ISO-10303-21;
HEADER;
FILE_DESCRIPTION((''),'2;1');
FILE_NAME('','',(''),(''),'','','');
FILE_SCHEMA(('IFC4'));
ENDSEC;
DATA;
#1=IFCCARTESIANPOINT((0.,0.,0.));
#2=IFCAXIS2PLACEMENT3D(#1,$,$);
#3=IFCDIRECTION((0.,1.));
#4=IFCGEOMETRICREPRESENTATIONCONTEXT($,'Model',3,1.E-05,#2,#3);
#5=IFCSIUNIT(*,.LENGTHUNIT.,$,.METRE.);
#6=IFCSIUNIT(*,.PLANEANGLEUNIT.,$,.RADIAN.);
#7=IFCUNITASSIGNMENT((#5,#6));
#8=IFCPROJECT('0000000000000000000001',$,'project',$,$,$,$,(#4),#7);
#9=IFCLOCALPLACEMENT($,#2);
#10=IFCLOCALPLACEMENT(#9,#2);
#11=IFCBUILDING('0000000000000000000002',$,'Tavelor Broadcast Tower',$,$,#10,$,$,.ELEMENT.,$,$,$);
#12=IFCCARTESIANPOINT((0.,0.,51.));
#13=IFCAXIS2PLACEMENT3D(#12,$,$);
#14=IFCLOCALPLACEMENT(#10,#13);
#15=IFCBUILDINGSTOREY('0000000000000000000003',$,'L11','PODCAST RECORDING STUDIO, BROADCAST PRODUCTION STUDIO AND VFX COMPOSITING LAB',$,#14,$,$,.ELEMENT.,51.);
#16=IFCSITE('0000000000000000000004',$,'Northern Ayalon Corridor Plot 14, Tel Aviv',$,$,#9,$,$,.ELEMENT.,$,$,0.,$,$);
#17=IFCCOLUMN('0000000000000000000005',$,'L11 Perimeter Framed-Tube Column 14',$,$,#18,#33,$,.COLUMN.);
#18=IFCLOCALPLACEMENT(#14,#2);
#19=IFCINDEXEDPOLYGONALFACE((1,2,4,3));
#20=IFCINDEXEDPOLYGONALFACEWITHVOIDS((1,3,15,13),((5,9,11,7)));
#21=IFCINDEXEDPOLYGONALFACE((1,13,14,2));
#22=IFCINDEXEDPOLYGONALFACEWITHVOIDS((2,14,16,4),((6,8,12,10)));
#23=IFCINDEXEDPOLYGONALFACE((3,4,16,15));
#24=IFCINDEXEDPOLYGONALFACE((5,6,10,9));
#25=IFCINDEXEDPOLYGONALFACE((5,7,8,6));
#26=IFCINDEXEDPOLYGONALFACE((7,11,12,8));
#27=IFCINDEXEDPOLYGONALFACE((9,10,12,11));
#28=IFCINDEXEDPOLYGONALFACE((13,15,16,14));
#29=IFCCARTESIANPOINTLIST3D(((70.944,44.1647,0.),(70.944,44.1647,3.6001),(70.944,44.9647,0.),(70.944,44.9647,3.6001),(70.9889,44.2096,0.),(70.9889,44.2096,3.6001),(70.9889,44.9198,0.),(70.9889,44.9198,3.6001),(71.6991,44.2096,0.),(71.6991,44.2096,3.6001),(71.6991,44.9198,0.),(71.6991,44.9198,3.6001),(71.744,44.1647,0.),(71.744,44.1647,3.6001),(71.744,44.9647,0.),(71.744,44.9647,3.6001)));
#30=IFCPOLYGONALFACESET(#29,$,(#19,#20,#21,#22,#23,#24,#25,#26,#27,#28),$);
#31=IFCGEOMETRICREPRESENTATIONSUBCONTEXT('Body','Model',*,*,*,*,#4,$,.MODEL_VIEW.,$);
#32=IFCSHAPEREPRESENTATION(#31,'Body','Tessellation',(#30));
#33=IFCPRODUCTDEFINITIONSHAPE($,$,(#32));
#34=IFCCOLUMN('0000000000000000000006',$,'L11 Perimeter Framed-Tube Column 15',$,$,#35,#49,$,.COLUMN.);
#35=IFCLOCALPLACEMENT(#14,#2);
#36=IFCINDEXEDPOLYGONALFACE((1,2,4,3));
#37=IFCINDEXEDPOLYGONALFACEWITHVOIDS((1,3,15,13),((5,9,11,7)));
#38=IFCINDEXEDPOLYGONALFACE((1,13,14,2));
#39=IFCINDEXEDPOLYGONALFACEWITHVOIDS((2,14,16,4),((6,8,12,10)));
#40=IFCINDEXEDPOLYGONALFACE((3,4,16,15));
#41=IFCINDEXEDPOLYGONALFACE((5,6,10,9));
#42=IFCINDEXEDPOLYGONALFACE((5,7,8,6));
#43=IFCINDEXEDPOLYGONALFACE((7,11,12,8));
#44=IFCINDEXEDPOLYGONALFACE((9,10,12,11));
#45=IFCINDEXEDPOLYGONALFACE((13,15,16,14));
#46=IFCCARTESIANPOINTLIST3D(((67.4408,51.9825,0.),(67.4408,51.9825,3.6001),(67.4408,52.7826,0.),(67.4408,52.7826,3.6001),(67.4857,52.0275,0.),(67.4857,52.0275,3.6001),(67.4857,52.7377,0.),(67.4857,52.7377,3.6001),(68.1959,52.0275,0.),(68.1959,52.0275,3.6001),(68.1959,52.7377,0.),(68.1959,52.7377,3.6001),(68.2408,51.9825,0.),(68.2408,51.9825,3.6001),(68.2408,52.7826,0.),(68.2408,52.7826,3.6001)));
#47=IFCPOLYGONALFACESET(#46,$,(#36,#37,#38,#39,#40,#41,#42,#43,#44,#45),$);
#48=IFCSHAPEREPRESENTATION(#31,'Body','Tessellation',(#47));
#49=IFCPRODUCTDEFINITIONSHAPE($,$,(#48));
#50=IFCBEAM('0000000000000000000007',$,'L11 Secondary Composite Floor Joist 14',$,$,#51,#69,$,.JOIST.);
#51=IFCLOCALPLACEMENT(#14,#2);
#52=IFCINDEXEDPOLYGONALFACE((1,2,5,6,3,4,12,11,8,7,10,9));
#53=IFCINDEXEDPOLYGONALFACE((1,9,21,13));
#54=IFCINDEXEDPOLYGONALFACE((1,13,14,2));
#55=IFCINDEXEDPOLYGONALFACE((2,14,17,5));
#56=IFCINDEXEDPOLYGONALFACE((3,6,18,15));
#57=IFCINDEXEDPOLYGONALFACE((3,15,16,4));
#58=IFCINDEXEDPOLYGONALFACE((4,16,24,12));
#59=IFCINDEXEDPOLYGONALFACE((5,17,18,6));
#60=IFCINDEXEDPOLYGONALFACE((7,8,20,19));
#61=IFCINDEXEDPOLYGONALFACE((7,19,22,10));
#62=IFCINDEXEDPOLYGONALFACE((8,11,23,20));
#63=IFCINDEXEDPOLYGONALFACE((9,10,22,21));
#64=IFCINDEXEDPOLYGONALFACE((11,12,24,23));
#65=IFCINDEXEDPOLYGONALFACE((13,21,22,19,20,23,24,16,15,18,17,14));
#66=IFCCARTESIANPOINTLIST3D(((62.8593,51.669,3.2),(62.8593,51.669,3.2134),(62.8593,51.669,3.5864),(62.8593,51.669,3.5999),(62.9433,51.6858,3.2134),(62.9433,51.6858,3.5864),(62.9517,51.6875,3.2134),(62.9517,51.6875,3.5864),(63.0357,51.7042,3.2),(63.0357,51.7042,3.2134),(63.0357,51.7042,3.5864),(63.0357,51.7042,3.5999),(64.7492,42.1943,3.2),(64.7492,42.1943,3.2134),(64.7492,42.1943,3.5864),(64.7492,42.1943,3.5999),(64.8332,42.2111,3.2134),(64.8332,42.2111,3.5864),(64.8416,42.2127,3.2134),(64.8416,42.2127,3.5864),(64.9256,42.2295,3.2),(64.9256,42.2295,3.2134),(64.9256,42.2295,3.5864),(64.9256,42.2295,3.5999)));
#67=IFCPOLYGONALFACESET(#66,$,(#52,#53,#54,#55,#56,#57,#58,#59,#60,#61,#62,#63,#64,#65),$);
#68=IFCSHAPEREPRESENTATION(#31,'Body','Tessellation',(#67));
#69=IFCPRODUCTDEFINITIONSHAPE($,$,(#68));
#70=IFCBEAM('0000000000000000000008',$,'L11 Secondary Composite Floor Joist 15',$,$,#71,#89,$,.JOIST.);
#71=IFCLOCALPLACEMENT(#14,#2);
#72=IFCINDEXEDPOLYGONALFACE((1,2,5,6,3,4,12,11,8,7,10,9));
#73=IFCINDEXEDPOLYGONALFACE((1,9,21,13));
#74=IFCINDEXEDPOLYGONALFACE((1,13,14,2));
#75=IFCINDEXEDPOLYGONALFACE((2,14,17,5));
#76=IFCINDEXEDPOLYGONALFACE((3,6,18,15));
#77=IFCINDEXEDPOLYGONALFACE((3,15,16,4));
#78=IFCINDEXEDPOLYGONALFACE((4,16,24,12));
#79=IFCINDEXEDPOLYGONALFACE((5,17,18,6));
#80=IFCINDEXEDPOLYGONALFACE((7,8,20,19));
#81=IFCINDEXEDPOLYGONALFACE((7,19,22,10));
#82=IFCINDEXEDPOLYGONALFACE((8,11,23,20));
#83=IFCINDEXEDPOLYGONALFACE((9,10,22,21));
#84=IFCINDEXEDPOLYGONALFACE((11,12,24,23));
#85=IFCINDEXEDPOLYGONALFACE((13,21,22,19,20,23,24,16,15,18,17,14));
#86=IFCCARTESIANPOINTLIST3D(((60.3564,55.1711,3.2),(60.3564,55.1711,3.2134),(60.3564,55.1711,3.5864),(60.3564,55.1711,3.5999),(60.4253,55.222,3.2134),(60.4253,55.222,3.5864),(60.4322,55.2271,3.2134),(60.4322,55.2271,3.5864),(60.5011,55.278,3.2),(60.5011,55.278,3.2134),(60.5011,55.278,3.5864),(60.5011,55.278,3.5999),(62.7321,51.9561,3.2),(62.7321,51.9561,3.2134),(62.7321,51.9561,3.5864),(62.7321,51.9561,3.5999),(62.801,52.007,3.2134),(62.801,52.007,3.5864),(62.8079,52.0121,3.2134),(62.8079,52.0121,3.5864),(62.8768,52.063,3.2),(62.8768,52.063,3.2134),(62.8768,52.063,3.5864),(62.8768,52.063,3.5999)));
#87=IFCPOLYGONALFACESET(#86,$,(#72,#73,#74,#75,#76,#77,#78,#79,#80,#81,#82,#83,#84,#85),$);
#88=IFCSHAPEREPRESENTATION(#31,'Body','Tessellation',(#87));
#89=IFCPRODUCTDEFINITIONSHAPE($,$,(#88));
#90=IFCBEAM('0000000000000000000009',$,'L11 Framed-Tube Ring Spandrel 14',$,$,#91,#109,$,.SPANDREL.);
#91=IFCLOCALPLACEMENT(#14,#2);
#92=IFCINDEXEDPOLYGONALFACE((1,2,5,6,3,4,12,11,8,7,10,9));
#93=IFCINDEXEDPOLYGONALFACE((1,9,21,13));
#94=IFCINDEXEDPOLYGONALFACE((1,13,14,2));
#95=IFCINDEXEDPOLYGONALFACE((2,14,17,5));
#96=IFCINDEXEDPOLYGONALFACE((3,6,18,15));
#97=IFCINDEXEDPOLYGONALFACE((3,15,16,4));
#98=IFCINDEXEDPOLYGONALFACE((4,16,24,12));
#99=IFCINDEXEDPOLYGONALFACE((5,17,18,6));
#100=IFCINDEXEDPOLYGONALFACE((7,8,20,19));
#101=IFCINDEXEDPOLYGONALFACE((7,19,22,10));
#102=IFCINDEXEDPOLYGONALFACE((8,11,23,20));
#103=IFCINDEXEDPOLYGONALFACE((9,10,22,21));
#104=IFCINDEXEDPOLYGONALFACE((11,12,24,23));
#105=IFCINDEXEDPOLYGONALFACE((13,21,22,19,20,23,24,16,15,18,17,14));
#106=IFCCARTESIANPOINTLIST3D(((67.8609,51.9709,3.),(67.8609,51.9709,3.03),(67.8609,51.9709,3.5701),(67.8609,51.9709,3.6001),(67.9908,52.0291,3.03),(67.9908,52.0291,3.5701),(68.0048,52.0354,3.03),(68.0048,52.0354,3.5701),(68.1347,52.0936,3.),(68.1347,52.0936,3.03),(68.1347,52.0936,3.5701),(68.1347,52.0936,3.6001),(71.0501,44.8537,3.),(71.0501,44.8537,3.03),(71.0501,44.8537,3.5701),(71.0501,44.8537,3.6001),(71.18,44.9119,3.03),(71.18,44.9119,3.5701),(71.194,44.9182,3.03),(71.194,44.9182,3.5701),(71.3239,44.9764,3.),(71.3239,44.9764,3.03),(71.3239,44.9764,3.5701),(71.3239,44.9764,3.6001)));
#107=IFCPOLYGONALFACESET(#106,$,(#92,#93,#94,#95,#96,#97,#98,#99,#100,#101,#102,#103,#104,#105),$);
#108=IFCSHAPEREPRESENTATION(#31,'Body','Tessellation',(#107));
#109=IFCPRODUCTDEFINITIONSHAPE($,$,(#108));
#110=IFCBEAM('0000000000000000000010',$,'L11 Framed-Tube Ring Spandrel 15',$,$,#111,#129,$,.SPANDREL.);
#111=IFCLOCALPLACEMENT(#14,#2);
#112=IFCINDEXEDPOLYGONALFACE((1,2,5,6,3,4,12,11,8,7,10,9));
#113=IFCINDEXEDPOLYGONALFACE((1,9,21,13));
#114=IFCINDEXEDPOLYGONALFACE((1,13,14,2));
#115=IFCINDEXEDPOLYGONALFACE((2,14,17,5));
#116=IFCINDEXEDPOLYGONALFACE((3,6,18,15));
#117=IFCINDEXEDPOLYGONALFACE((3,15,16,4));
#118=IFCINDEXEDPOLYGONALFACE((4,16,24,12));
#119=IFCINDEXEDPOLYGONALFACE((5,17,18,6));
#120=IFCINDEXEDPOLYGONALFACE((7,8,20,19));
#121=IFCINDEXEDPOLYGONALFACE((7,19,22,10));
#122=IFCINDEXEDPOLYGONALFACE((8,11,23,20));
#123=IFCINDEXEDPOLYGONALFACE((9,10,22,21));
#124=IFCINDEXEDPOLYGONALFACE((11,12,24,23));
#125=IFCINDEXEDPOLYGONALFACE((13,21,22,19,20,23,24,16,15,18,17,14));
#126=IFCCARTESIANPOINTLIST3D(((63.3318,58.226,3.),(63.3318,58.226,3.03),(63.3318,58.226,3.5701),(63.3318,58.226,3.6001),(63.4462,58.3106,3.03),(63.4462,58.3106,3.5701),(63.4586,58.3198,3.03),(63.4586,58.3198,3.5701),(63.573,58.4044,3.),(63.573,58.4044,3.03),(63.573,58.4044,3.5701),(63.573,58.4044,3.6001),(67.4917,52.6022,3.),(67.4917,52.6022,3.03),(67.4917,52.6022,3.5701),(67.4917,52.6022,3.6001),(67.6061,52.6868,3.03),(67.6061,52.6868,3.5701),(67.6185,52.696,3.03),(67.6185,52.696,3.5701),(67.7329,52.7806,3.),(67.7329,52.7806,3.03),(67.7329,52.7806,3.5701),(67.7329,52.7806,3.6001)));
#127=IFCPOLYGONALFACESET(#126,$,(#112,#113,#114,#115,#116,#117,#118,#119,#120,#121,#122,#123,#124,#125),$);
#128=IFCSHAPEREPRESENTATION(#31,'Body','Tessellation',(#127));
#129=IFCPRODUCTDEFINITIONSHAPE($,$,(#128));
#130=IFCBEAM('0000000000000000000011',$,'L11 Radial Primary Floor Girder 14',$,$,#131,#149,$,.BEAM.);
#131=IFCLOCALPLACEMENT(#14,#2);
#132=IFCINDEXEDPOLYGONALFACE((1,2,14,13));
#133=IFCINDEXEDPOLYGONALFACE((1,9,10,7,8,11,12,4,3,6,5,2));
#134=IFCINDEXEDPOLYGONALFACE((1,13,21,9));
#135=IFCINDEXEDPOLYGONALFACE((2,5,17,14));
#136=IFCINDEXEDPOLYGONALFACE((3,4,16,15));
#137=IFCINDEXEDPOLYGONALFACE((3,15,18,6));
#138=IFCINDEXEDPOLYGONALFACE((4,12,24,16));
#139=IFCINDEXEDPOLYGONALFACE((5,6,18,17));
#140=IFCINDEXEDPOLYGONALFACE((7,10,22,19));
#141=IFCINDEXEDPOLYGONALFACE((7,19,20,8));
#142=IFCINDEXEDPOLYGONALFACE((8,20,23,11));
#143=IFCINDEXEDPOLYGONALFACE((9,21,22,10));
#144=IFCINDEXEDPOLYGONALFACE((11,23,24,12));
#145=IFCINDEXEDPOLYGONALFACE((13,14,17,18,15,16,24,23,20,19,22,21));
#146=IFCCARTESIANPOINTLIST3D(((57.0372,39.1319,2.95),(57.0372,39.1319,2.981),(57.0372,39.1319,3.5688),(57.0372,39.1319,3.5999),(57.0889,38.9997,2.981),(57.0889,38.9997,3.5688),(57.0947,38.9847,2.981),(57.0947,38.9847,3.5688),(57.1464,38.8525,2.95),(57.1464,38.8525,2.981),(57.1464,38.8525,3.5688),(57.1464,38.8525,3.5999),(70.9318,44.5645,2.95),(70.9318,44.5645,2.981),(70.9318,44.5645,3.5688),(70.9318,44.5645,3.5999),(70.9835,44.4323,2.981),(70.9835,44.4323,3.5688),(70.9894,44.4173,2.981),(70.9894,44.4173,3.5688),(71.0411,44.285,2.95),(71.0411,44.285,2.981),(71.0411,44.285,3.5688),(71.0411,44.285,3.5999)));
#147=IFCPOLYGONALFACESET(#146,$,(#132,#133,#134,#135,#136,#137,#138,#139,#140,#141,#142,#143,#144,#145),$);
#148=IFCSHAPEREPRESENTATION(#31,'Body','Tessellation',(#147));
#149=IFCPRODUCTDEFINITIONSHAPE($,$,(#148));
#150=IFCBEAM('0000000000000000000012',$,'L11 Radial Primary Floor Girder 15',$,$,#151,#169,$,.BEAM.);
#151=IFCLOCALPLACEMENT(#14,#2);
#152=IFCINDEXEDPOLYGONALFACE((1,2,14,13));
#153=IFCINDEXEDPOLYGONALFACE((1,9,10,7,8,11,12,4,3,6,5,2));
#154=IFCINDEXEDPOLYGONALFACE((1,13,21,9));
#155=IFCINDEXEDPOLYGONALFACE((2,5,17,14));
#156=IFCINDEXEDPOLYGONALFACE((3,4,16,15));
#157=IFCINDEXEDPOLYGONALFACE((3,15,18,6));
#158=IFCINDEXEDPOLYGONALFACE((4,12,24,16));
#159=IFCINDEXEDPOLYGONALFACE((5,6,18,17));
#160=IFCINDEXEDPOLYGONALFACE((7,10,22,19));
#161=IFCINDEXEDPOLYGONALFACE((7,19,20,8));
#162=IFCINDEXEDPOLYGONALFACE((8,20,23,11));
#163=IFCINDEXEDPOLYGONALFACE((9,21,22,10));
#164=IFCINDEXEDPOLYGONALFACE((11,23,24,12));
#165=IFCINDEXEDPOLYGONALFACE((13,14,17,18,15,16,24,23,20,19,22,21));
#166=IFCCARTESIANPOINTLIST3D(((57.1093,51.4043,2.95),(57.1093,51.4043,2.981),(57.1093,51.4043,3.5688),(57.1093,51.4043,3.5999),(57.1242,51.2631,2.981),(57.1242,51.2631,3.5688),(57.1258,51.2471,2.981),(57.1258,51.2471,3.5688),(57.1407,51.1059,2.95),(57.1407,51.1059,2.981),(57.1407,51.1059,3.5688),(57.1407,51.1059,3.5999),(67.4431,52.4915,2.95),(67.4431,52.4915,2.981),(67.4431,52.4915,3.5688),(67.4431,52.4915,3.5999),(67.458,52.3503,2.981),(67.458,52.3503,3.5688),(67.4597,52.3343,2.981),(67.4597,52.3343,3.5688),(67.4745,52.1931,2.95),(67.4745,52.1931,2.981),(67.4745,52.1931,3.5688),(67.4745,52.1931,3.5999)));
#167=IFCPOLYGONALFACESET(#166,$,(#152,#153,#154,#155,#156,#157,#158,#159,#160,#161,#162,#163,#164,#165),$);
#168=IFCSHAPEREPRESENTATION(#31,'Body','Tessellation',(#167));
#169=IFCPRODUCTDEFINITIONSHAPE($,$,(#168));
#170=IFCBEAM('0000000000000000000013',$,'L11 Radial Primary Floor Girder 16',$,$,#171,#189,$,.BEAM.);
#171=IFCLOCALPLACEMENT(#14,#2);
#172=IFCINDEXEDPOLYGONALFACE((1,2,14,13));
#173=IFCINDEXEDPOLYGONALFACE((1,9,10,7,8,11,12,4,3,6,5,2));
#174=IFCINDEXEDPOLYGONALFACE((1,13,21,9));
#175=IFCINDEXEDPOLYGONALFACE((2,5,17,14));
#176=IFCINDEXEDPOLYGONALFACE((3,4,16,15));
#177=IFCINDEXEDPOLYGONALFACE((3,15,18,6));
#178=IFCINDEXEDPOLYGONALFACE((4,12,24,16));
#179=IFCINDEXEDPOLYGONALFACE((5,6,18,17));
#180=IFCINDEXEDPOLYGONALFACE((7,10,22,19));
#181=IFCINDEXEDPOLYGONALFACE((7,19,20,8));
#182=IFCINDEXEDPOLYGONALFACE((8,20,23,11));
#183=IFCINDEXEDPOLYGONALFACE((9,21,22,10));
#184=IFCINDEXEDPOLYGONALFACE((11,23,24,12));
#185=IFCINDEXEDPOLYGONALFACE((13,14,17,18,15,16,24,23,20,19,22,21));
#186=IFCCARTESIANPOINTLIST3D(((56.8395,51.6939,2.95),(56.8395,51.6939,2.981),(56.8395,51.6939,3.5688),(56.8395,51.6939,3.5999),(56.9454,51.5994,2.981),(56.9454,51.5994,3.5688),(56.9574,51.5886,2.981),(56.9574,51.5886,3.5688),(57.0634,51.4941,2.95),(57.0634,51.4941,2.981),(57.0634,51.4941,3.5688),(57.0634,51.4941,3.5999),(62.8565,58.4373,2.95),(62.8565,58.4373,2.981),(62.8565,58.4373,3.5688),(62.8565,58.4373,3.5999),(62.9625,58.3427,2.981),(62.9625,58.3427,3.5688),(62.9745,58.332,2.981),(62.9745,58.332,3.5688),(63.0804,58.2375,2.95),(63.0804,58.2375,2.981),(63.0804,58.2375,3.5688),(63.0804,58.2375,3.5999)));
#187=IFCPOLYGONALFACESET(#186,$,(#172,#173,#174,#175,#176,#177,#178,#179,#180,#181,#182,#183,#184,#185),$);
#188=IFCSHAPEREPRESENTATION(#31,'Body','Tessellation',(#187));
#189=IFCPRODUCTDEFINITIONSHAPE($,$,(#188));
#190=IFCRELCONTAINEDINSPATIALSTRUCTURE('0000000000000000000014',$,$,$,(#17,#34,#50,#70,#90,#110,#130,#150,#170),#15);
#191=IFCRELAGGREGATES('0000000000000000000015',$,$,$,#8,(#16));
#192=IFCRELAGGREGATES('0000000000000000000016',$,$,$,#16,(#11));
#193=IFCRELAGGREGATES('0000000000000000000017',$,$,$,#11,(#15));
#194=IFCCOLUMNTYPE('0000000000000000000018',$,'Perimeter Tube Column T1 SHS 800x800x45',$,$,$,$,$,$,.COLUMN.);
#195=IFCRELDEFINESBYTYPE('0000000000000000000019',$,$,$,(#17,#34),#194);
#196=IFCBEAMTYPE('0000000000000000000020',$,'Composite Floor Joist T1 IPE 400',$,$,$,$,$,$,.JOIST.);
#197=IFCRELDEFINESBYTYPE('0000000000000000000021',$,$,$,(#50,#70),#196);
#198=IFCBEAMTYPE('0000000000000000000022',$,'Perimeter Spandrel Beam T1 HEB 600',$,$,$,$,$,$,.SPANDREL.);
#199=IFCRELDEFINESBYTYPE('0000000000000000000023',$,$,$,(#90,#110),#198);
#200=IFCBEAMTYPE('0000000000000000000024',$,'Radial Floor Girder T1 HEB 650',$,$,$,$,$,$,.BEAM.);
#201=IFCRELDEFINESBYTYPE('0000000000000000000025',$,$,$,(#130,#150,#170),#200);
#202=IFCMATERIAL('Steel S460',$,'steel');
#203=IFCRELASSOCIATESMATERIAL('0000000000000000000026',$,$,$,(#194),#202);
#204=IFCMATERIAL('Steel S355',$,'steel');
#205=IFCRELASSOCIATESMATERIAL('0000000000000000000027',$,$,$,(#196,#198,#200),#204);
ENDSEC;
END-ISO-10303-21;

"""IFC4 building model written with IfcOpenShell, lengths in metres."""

from ifc_helpers import new_model, si_unit, direction, frame, origin, origin_2d, place, context, subcontext, project, spatial, hollow_rectangle, i_section, extrude, material, material_profile, profile_set, type_object, element, save


model = new_model("IFC4")

# Units and contexts
model_context = context("Model", 3, precision=1e-05, world=origin(), true_north=direction((0.0, 1.0)))
body_context = subcontext(model_context, "Body", "Model", "MODEL_VIEW")
ifc_project = project(units=[si_unit("LENGTHUNIT", "METRE"), si_unit("PLANEANGLEUNIT", "RADIAN")], contexts=[model_context])

# Site, building, storey
site_placement = place(None, origin())
site = spatial("IfcSite", under=ifc_project, at=site_placement, Name="Northern Ayalon Corridor Plot 14, Tel Aviv", CompositionType="ELEMENT", RefElevation=0.0)
building_placement = place(site_placement, origin())
building = spatial("IfcBuilding", under=site, at=building_placement, Name="Tavelor Broadcast Tower", CompositionType="ELEMENT")
storey_placement = place(building_placement, frame((0.0, 0.0, 51.0)))
storey = spatial("IfcBuildingStorey", under=building, at=storey_placement, Name="L11", Description="PODCAST RECORDING STUDIO, BROADCAST PRODUCTION STUDIO AND VFX COMPOSITING LAB", CompositionType="ELEMENT", Elevation=51.0)

# Columns
ifc_material_1 = material(Name="Steel S460", Category="steel")
ifc_material_profile_1 = material_profile(ifc_material_1, hollow_rectangle(XDim=0.8, YDim=0.8, WallThickness=0.0449, at=origin_2d()), Name="SHS 800x800x45")
ifc_profile_set_1 = profile_set([ifc_material_profile_1], Name="Steel S460")
column_type = type_object("IfcColumnType", Name="Perimeter Tube Column T1 SHS 800x800x45", PredefinedType="COLUMN", material=ifc_profile_set_1)
for number, where, z_axis, x_axis, name in (
    (1, (71.344, 44.5647, 0.0), (0.0, 0.0, 1.0), (1.0, 0.0, 0.0), "L11 Perimeter Framed-Tube Column 14"),
    (2, (67.8408, 52.3826, 0.0), (0.0, 0.0, 1.0), (1.0, 0.0, 0.0), "L11 Perimeter Framed-Tube Column 15"),
):
    element("IfcColumn", number, at=place(storey_placement, frame(where, z_axis=z_axis, x_axis=x_axis)), inside=storey, type_object=column_type, Name=name, PredefinedType="COLUMN", context=body_context, shape_type="SweptSolid", body=[
        extrude(hollow_rectangle(XDim=0.8, YDim=0.8, WallThickness=0.0449, at=origin_2d()), origin(), (0.0, 0.0, 1.0), 3.6001),
    ])

# Beams
ifc_material_2 = material(Name="Steel S355", Category="steel")
ifc_material_profile_2 = material_profile(ifc_material_2, i_section(OverallWidth=0.1799, OverallDepth=0.3999, WebThickness=0.0085, FlangeThickness=0.0134, at=origin_2d()), Name="IPE 400")
ifc_profile_set_2 = profile_set([ifc_material_profile_2], Name="Steel S355")
beam_type_1 = type_object("IfcBeamType", Name="Composite Floor Joist T1 IPE 400", PredefinedType="JOIST", material=ifc_profile_set_2)
beam_1_placement = place(storey_placement, frame((64.8374, 42.2119, 3.3999), z_axis=(-0.195616, 0.980681, 0.0), x_axis=(-0.980681, -0.195616, 0.0)))
element("IfcBeam", 3, at=beam_1_placement, inside=storey, type_object=beam_type_1, Name="L11 Secondary Composite Floor Joist 14", PredefinedType="JOIST", context=body_context, shape_type="SweptSolid", body=[
    extrude(i_section(OverallWidth=0.1799, OverallDepth=0.3999, WebThickness=0.0085, FlangeThickness=0.0134, at=origin_2d()), origin(), (0.0, 0.0, 1.0), 9.6614),
])
beam_2_placement = place(storey_placement, frame((62.8044, 52.0095, 3.3999), z_axis=(-0.594288, 0.804252, 0.0), x_axis=(-0.804252, -0.594288, 0.0)))
element("IfcBeam", 4, at=beam_2_placement, inside=storey, type_object=beam_type_1, Name="L11 Secondary Composite Floor Joist 15", PredefinedType="JOIST", context=body_context, shape_type="SweptSolid", body=[
    extrude(i_section(OverallWidth=0.1799, OverallDepth=0.3999, WebThickness=0.0085, FlangeThickness=0.0134, at=origin_2d()), origin(), (0.0, 0.0, 1.0), 3.9976),
])
ifc_material_profile_3 = material_profile(ifc_material_2, i_section(OverallWidth=0.3, OverallDepth=0.6001, WebThickness=0.0154, FlangeThickness=0.03, at=origin_2d()), Name="HEB 600")
ifc_profile_set_3 = profile_set([ifc_material_profile_3], Name="Steel S355")
beam_type_2 = type_object("IfcBeamType", Name="Perimeter Spandrel Beam T1 HEB 600", PredefinedType="SPANDREL", material=ifc_profile_set_3)
beam_3_placement = place(storey_placement, frame((71.187, 44.915, 3.3), z_axis=(-0.408922, 0.912569, 0.0), x_axis=(-0.912569, -0.408922, 0.0)))
element("IfcBeam", 5, at=beam_3_placement, inside=storey, type_object=beam_type_2, Name="L11 Framed-Tube Ring Spandrel 14", PredefinedType="SPANDREL", context=body_context, shape_type="SweptSolid", body=[
    extrude(i_section(OverallWidth=0.3, OverallDepth=0.6001, WebThickness=0.0154, FlangeThickness=0.03, at=origin_2d()), origin(), (0.0, 0.0, 1.0), 7.7991),
])
beam_4_placement = place(storey_placement, frame((67.6123, 52.6914, 3.3), z_axis=(-0.594687, 0.803957, 0.0), x_axis=(-0.803957, -0.594687, 0.0)))
element("IfcBeam", 6, at=beam_4_placement, inside=storey, type_object=beam_type_2, Name="L11 Framed-Tube Ring Spandrel 15", PredefinedType="SPANDREL", context=body_context, shape_type="SweptSolid", body=[
    extrude(i_section(OverallWidth=0.3, OverallDepth=0.6001, WebThickness=0.0154, FlangeThickness=0.03, at=origin_2d()), origin(), (0.0, 0.0, 1.0), 6.9951),
])
ifc_material_profile_4 = material_profile(ifc_material_2, i_section(OverallWidth=0.3, OverallDepth=0.6499, WebThickness=0.0161, FlangeThickness=0.031, at=origin_2d()), Name="HEB 650")
ifc_profile_set_4 = profile_set([ifc_material_profile_4], Name="Steel S355")
beam_type_3 = type_object("IfcBeamType", Name="Radial Floor Girder T1 HEB 650", PredefinedType="BEAM", material=ifc_profile_set_4)
beam_5_placement = place(storey_placement, frame((57.0918, 38.9922, 3.2749), z_axis=(0.931344, 0.36414, 0.0), x_axis=(-0.36414, 0.931344, 0.0)))
element("IfcBeam", 7, at=beam_5_placement, inside=storey, type_object=beam_type_3, Name="L11 Radial Primary Floor Girder 14", PredefinedType="BEAM", context=body_context, shape_type="SweptSolid", body=[
    extrude(i_section(OverallWidth=0.3, OverallDepth=0.6499, WebThickness=0.0161, FlangeThickness=0.031, at=origin_2d()), origin(), (0.0, 0.0, 1.0), 14.9189),
])
beam_6_placement = place(storey_placement, frame((57.125, 51.2551, 3.2749), z_axis=(0.994512, 0.104627, 0.0), x_axis=(-0.104627, 0.994512, 0.0)))
element("IfcBeam", 8, at=beam_6_placement, inside=storey, type_object=beam_type_3, Name="L11 Radial Primary Floor Girder 15", PredefinedType="BEAM", context=body_context, shape_type="SweptSolid", body=[
    extrude(i_section(OverallWidth=0.3, OverallDepth=0.6499, WebThickness=0.0161, FlangeThickness=0.031, at=origin_2d()), origin(), (0.0, 0.0, 1.0), 10.3909),
])
beam_7_placement = place(storey_placement, frame((56.9514, 51.594, 3.2749), z_axis=(0.665781, 0.746147, 0.0), x_axis=(-0.746147, 0.665781, 0.0)))
element("IfcBeam", 9, at=beam_7_placement, inside=storey, type_object=beam_type_3, Name="L11 Radial Primary Floor Girder 16", PredefinedType="BEAM", context=body_context, shape_type="SweptSolid", body=[
    extrude(i_section(OverallWidth=0.3, OverallDepth=0.6499, WebThickness=0.0161, FlangeThickness=0.031, at=origin_2d()), origin(), (0.0, 0.0, 1.0), 9.0376),
])

save(model, "model.ifc")
